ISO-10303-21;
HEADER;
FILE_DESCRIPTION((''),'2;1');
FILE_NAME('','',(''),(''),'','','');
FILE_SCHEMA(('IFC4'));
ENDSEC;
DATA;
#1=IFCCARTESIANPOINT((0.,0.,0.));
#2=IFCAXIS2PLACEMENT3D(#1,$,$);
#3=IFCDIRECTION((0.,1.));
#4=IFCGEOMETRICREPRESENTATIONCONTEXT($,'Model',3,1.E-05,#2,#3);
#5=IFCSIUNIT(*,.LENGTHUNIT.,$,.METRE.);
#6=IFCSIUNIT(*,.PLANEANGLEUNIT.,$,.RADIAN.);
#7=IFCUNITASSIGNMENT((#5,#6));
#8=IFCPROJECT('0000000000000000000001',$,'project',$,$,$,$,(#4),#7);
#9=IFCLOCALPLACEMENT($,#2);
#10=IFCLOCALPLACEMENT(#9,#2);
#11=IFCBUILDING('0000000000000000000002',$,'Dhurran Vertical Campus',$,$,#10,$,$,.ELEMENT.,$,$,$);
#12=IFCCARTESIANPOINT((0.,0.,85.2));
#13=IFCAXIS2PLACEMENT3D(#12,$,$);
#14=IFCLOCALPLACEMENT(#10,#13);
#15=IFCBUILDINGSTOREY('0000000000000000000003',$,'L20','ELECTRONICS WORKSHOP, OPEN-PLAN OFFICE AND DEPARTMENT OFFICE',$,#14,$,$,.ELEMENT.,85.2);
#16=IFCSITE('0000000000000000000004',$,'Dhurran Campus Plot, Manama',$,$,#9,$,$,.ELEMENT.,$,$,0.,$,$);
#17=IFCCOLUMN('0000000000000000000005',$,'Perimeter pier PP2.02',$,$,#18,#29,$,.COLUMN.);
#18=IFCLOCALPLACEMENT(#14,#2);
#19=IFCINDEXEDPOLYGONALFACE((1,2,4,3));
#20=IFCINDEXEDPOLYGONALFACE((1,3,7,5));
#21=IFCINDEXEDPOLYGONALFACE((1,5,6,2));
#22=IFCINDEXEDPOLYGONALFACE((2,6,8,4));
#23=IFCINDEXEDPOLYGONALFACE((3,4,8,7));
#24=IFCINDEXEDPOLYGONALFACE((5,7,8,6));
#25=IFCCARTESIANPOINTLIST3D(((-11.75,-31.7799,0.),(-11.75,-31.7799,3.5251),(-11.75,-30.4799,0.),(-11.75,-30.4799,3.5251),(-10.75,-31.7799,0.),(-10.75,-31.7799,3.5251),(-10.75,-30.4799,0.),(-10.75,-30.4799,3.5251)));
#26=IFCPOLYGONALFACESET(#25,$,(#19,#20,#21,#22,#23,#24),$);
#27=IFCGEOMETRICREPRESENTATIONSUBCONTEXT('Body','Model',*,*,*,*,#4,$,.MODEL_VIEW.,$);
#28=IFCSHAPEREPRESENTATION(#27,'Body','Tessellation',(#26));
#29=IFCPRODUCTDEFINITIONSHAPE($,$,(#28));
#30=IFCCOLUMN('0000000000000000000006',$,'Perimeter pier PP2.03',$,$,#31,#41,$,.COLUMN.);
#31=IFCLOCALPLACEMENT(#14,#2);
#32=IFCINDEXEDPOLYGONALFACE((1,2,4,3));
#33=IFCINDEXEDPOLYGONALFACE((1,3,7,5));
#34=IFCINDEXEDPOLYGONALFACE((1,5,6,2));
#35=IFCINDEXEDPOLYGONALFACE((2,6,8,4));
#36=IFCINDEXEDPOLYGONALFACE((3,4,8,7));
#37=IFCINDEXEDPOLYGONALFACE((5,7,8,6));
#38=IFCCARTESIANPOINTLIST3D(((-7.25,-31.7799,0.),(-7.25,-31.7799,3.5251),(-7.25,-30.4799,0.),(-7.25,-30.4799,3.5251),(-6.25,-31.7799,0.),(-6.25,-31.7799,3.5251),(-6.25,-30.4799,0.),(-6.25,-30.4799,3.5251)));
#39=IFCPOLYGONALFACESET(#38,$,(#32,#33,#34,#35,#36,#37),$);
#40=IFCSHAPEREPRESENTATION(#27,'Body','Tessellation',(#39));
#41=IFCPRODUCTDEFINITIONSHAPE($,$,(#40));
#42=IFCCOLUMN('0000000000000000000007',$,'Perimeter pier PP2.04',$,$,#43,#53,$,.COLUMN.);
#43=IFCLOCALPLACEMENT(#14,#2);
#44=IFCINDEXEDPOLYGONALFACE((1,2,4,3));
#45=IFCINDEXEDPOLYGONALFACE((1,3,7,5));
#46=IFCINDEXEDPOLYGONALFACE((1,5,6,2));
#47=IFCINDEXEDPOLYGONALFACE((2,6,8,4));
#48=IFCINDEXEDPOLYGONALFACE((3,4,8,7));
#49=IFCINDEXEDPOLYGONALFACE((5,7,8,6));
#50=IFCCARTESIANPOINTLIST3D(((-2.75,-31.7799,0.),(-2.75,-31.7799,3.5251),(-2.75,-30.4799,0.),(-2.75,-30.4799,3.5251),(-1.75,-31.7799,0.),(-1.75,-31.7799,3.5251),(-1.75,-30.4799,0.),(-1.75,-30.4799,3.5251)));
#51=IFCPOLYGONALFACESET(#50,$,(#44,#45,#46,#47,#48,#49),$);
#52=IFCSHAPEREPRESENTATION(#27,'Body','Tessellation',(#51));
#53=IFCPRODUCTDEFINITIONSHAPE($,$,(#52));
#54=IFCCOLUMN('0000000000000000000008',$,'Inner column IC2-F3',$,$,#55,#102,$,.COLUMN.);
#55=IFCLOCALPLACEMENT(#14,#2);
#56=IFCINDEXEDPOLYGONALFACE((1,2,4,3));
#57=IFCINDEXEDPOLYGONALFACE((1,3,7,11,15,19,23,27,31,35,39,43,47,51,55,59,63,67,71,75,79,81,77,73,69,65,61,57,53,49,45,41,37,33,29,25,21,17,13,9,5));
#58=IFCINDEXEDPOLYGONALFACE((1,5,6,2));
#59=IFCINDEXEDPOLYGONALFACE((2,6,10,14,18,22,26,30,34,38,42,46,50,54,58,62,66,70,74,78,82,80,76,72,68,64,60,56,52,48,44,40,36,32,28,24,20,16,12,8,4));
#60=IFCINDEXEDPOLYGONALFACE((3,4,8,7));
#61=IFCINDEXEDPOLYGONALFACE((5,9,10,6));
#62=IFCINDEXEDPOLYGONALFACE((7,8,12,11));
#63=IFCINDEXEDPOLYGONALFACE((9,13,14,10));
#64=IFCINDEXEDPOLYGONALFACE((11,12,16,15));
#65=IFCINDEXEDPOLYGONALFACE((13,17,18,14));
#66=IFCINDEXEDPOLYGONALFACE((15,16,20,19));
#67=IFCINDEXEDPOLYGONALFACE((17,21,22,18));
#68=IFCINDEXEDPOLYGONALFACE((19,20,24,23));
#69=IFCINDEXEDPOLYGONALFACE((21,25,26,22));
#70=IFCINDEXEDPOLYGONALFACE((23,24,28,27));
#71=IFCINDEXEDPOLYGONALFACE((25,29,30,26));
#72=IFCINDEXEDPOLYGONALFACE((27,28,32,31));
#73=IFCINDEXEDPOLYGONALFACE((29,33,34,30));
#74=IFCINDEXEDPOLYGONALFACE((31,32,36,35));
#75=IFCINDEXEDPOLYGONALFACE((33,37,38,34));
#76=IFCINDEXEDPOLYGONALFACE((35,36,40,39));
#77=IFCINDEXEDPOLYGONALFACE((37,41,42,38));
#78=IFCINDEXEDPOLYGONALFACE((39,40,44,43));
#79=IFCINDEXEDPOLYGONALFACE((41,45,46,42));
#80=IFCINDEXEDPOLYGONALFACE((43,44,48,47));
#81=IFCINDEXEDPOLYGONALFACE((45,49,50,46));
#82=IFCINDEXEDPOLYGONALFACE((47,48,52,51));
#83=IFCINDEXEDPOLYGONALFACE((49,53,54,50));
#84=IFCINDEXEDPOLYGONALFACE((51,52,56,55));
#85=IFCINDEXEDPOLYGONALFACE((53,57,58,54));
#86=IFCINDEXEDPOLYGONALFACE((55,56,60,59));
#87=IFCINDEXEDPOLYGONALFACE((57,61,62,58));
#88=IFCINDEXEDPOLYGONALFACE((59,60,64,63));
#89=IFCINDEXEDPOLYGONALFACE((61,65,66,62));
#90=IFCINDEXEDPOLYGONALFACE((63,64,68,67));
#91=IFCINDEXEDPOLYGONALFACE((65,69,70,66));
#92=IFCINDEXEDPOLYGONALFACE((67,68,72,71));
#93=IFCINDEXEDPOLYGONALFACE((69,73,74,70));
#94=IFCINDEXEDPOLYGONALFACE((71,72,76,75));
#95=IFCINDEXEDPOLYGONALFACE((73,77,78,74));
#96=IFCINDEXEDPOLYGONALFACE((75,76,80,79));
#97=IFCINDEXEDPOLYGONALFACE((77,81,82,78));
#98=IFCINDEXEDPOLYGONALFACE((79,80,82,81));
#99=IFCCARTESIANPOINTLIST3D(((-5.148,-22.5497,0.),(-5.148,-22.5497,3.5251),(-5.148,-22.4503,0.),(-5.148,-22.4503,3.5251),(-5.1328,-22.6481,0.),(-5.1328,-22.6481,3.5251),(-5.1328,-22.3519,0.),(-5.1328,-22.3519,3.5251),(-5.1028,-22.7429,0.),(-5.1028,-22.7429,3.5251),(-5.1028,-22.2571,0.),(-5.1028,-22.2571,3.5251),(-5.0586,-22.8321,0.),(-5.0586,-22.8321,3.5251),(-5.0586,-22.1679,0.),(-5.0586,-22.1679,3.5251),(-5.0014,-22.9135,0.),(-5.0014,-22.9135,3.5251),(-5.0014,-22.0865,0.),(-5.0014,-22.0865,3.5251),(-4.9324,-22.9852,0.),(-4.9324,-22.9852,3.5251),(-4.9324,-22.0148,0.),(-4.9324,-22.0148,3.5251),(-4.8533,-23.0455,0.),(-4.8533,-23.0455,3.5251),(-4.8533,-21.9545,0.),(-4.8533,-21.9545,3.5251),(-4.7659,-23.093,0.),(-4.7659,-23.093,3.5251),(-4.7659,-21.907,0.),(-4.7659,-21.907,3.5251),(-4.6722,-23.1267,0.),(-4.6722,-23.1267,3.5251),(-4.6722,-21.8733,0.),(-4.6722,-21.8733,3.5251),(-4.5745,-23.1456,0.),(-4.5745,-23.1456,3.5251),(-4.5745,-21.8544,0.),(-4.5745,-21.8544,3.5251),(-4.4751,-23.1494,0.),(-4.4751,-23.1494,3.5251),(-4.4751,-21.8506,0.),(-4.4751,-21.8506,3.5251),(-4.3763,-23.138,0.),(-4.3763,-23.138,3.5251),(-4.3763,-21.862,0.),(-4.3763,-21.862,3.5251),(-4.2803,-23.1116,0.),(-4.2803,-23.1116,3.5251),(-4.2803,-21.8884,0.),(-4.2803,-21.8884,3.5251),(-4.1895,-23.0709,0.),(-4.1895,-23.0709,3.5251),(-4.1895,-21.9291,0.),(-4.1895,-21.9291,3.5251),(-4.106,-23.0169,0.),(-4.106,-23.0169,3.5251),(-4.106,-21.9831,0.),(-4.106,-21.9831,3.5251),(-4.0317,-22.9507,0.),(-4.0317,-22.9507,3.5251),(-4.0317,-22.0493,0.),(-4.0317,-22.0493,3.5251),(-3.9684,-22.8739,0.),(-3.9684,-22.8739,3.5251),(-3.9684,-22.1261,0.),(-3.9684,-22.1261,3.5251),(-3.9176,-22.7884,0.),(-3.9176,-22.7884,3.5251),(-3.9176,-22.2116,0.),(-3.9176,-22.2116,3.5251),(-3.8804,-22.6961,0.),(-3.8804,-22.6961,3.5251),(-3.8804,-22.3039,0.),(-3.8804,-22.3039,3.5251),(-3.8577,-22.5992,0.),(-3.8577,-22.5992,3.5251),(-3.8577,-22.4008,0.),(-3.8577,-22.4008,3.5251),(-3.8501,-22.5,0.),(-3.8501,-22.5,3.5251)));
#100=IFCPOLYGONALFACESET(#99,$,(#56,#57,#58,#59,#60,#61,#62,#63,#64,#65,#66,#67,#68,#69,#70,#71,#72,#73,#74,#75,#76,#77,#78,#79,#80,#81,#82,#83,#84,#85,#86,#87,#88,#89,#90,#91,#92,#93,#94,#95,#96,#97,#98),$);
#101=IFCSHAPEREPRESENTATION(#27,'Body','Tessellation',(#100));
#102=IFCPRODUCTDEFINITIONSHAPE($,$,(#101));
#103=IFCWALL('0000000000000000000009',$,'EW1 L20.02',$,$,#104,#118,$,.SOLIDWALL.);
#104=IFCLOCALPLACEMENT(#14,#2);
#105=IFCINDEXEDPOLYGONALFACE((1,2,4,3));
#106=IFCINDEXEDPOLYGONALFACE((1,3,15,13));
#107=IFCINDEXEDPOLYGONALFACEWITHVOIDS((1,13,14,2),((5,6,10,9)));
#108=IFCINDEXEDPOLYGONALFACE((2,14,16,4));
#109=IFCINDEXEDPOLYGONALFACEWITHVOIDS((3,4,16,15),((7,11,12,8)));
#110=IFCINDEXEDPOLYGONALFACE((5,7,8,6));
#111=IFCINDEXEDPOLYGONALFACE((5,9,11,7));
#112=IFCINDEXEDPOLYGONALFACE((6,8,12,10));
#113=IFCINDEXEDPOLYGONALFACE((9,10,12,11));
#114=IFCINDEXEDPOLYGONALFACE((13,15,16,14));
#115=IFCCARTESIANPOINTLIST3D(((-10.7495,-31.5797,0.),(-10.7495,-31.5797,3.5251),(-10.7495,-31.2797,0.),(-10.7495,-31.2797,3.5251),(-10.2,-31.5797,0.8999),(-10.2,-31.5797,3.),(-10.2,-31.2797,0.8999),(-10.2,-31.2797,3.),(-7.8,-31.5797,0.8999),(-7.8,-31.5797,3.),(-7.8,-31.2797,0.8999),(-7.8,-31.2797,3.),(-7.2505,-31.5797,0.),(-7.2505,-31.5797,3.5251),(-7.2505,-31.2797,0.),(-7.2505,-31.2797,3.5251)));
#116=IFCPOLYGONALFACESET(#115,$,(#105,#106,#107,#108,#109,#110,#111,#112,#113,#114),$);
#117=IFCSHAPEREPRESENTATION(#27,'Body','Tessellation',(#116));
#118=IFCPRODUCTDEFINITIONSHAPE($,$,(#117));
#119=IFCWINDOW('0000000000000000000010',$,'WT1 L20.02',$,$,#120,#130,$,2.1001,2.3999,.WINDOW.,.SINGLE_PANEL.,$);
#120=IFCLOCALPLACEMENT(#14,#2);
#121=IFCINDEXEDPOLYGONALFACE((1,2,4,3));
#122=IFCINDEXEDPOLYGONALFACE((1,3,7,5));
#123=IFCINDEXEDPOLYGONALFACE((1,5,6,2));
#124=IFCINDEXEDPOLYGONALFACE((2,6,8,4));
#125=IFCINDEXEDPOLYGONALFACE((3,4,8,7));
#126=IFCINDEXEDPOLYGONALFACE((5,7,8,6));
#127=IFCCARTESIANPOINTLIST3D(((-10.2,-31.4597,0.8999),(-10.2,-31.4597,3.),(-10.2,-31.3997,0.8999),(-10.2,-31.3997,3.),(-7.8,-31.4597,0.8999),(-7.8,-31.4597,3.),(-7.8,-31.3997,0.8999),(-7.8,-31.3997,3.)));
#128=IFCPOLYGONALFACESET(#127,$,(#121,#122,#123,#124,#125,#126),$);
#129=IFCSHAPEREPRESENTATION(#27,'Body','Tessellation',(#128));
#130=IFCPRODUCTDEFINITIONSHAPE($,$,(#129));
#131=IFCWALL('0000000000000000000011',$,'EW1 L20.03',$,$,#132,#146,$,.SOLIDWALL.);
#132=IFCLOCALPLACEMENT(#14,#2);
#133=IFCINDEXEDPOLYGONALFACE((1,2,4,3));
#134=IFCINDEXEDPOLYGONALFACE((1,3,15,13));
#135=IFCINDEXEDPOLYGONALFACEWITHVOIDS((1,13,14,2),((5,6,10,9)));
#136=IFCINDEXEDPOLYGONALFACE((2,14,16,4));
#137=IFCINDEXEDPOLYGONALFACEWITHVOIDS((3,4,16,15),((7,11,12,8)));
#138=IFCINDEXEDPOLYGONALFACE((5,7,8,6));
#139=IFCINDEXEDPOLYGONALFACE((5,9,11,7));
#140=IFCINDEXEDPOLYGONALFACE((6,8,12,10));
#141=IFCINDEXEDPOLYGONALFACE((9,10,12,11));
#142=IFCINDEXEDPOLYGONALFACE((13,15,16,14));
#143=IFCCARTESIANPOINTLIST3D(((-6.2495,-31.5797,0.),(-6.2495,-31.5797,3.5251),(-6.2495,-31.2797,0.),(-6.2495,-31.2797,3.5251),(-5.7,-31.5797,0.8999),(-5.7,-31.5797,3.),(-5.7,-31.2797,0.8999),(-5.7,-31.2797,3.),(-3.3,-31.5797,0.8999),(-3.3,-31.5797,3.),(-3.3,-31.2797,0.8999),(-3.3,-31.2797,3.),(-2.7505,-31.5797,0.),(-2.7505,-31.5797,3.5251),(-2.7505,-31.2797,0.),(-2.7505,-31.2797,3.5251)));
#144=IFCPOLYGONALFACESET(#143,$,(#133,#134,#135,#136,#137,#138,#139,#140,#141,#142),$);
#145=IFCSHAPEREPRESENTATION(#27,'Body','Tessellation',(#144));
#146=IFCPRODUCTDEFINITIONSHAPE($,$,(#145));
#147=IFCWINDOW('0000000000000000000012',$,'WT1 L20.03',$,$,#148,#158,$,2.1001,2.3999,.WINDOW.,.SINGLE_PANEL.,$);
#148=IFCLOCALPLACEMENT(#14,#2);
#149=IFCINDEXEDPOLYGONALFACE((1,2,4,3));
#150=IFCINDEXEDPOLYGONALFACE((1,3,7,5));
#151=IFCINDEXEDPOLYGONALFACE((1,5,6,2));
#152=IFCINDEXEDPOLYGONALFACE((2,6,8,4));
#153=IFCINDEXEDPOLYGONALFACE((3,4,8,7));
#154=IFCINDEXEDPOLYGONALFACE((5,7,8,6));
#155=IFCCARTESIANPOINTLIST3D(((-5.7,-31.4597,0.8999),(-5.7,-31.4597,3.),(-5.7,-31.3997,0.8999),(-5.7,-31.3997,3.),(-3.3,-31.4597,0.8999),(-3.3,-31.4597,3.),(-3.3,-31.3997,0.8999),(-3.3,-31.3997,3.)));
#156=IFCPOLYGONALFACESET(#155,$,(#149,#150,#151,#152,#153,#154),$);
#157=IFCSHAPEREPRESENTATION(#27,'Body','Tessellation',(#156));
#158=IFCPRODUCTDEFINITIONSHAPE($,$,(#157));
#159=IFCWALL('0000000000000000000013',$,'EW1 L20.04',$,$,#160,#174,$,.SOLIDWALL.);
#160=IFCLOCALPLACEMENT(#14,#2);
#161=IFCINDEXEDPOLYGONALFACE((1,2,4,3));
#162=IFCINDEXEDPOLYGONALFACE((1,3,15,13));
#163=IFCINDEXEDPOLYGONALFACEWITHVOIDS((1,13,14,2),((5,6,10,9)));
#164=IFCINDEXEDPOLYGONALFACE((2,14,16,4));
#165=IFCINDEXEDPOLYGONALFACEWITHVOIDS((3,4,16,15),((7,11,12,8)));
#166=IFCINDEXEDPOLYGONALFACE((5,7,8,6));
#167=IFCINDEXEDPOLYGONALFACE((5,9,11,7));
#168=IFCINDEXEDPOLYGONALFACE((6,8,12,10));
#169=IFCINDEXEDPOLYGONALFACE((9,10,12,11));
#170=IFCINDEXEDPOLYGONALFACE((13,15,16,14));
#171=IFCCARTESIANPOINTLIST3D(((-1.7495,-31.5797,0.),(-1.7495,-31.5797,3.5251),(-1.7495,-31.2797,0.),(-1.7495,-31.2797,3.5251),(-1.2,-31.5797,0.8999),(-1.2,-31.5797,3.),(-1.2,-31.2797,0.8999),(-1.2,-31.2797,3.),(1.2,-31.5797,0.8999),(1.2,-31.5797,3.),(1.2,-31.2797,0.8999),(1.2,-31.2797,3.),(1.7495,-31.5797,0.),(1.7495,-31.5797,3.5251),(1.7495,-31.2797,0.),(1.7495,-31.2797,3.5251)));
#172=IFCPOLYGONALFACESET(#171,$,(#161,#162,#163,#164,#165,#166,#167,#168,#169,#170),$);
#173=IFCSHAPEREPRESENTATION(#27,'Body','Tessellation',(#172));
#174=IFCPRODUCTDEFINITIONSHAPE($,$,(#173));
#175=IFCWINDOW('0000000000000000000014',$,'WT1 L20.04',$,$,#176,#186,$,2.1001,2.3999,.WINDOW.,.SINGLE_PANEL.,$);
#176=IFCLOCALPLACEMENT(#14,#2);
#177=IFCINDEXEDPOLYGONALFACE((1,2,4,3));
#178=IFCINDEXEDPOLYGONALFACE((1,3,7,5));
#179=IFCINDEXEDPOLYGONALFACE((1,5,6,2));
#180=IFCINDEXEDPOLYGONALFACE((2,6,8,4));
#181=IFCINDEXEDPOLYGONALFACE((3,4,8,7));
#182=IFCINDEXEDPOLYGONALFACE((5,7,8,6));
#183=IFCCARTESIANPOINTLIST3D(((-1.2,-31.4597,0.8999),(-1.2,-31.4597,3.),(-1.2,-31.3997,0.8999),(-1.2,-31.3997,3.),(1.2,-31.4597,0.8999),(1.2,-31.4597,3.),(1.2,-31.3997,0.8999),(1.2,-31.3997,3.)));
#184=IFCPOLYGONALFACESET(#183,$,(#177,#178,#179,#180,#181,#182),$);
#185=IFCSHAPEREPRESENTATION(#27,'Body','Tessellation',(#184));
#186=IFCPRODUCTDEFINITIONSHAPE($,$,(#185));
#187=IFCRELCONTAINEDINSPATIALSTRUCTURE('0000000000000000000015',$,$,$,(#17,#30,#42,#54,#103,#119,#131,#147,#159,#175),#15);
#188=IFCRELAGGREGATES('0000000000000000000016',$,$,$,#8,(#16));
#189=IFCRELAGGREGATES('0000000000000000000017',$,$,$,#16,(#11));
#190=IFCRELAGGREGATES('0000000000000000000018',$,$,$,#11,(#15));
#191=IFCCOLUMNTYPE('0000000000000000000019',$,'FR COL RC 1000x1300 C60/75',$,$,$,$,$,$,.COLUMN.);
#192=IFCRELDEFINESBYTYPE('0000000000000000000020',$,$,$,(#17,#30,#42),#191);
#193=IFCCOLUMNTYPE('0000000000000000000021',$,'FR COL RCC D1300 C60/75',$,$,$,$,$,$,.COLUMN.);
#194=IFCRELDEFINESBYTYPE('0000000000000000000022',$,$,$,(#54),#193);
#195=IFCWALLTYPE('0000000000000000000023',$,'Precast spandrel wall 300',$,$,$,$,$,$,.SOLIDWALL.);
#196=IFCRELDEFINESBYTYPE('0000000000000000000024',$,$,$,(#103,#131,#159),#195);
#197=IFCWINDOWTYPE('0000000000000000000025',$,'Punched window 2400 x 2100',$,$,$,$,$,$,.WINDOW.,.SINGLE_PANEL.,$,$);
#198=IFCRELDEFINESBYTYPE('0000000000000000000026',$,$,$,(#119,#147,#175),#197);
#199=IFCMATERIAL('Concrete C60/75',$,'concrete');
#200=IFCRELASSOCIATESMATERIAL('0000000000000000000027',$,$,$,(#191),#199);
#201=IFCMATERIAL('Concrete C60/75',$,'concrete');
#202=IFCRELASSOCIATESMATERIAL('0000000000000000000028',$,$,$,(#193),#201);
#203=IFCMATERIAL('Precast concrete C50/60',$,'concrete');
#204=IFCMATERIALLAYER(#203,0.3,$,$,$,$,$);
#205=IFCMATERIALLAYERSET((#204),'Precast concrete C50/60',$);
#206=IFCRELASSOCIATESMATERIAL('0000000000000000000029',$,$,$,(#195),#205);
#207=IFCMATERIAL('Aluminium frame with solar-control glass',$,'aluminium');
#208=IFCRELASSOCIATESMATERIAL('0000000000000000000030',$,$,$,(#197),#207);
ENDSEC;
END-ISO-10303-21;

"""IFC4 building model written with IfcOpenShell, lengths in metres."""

from ifc_helpers import new_model, si_unit, direction, frame, frame_2d, origin, origin_2d, place, context, subcontext, project, spatial, rectangle, circle, extrude, material, layer, layer_set, material_profile, profile_set, type_object, element, fill, save


model = new_model("IFC4")

# Units and contexts
model_context = context("Model", 3, precision=1e-05, world=origin(), true_north=direction((0.0, 1.0)))
body_context = subcontext(model_context, "Body", "Model", "MODEL_VIEW")
ifc_project = project(units=[si_unit("LENGTHUNIT", "METRE"), si_unit("PLANEANGLEUNIT", "RADIAN")], contexts=[model_context])

# Site, building, storey
site_placement = place(None, origin())
site = spatial("IfcSite", under=ifc_project, at=site_placement, Name="Dhurran Campus Plot, Manama", CompositionType="ELEMENT", RefElevation=0.0)
building_placement = place(site_placement, origin())
building = spatial("IfcBuilding", under=site, at=building_placement, Name="Dhurran Vertical Campus", CompositionType="ELEMENT")
storey_placement = place(building_placement, frame((0.0, 0.0, 85.2)))
storey = spatial("IfcBuildingStorey", under=building, at=storey_placement, Name="L20", Description="ELECTRONICS WORKSHOP, OPEN-PLAN OFFICE AND DEPARTMENT OFFICE", CompositionType="ELEMENT", Elevation=85.2)

# Columns
ifc_material_1 = material(Name="Concrete C60/75", Category="concrete")
ifc_material_profile_1 = material_profile(ifc_material_1, rectangle(XDim=1.0, YDim=1.3, at=origin_2d()), Name="RC 1000x1300")
ifc_profile_set_1 = profile_set([ifc_material_profile_1], Name="Concrete C60/75")
column_type_1 = type_object("IfcColumnType", Name="FR COL RC 1000x1300 C60/75", PredefinedType="COLUMN", material=ifc_profile_set_1)
for number, where, z_axis, x_axis, name in (
    (1, (-11.25, -31.1299, 0.0), (0.0, 0.0, 1.0), (1.0, 0.0, 0.0), "Perimeter pier PP2.02"),
    (2, (-6.75, -31.1299, 0.0), (0.0, 0.0, 1.0), (1.0, 0.0, 0.0), "Perimeter pier PP2.03"),
    (3, (-2.25, -31.1299, 0.0), (0.0, 0.0, 1.0), (1.0, 0.0, 0.0), "Perimeter pier PP2.04"),
):
    element("IfcColumn", number, at=place(storey_placement, frame(where, z_axis=z_axis, x_axis=x_axis)), inside=storey, type_object=column_type_1, Name=name, PredefinedType="COLUMN", context=body_context, shape_type="SweptSolid", body=[
        extrude(rectangle(XDim=1.0, YDim=1.3, at=origin_2d()), origin(), (0.0, 0.0, 1.0), 3.5251),
    ])
ifc_material_2 = material(Name="Concrete C60/75", Category="concrete")
ifc_material_profile_2 = material_profile(ifc_material_2, circle(Radius=0.6499, at=origin_2d()), Name="RCC D1300")
ifc_profile_set_2 = profile_set([ifc_material_profile_2], Name="Concrete C60/75")
column_type_2 = type_object("IfcColumnType", Name="FR COL RCC D1300 C60/75", PredefinedType="COLUMN", material=ifc_profile_set_2)
column_placement = place(storey_placement, frame((-4.5, -22.5, 0.0), z_axis=(0.0, 0.0, 1.0), x_axis=(1.0, 0.0, 0.0)))
element("IfcColumn", 4, at=column_placement, inside=storey, type_object=column_type_2, Name="Inner column IC2-F3", PredefinedType="COLUMN", context=body_context, shape_type="SweptSolid", body=[
    extrude(circle(Radius=0.6499, at=origin_2d()), origin(), (0.0, 0.0, 1.0), 3.5251),
])

# Walls, openings, windows
ifc_material_3 = material(Name="Precast concrete C50/60", Category="concrete")
ifc_layer_1 = layer(ifc_material_3, 0.3)
ifc_layer_set_1 = layer_set([ifc_layer_1], Name="Precast concrete C50/60")
wall_type_1 = type_object("IfcWallType", Name="Precast spandrel wall 300", PredefinedType="SOLIDWALL", material=ifc_layer_set_1)
wall_1_placement = place(storey_placement, frame((-10.7495, -31.4297, 0.0), z_axis=(0.0, 0.0, 1.0), x_axis=(1.0, 0.0, 0.0)))
wall_1 = element("IfcWall", 5, at=wall_1_placement, inside=storey, type_object=wall_type_1, Name="EW1 L20.02", PredefinedType="SOLIDWALL", context=body_context, shape_type="SweptSolid", body=[
    extrude(rectangle(XDim=3.499, YDim=0.3, at=frame_2d((1.7495, 0.0))), origin(), (0.0, 0.0, 1.0), 3.5251),
])
opening_1_placement = place(wall_1_placement, frame((0.5496, 0.0, 0.8999)))
opening_1 = element("IfcOpeningElement", 6, at=opening_1_placement, cuts=wall_1, PredefinedType="OPENING", context=body_context, shape_type="SweptSolid", body=[
    extrude(rectangle(XDim=2.3999, YDim=2.1001, at=frame_2d((1.2, 1.05))), frame((0.0, 0.1599, 0.0), z_axis=(0.0, -1.0, 0.0), x_axis=(1.0, 0.0, 0.0)), (0.0, 0.0, 1.0), 0.3201),
])
ifc_material_4 = material(Name="Aluminium frame with solar-control glass", Category="aluminium")
window_type = type_object("IfcWindowType", Name="Punched window 2400 x 2100", PartitioningType="SINGLE_PANEL", PredefinedType="WINDOW", material=ifc_material_4)
window_1_placement = place(opening_1_placement, origin())
window_1 = element("IfcWindow", 7, at=window_1_placement, inside=storey, type_object=window_type, Name="WT1 L20.02", OverallHeight=2.1001, OverallWidth=2.3999, PartitioningType="SINGLE_PANEL", PredefinedType="WINDOW", context=body_context, shape_type="SweptSolid", body=[
    extrude(rectangle(XDim=2.3999, YDim=2.1001, at=frame_2d((1.2, 1.05))), frame((0.0, 0.03, 0.0), z_axis=(0.0, -1.0, 0.0), x_axis=(1.0, 0.0, 0.0)), (0.0, 0.0, 1.0), 0.0601),
])
fill(opening_1, window_1)
wall_2_placement = place(storey_placement, frame((-6.2495, -31.4297, 0.0), z_axis=(0.0, 0.0, 1.0), x_axis=(1.0, 0.0, 0.0)))
wall_2 = element("IfcWall", 8, at=wall_2_placement, inside=storey, type_object=wall_type_1, Name="EW1 L20.03", PredefinedType="SOLIDWALL", context=body_context, shape_type="SweptSolid", body=[
    extrude(rectangle(XDim=3.499, YDim=0.3, at=frame_2d((1.7495, 0.0))), origin(), (0.0, 0.0, 1.0), 3.5251),
])
opening_2_placement = place(wall_2_placement, frame((0.5496, 0.0, 0.8999)))
opening_2 = element("IfcOpeningElement", 9, at=opening_2_placement, cuts=wall_2, PredefinedType="OPENING", context=body_context, shape_type="SweptSolid", body=[
    extrude(rectangle(XDim=2.3999, YDim=2.1001, at=frame_2d((1.2, 1.05))), frame((0.0, 0.1599, 0.0), z_axis=(0.0, -1.0, 0.0), x_axis=(1.0, 0.0, 0.0)), (0.0, 0.0, 1.0), 0.3201),
])
window_2_placement = place(opening_2_placement, origin())
window_2 = element("IfcWindow", 10, at=window_2_placement, inside=storey, type_object=window_type, Name="WT1 L20.03", OverallHeight=2.1001, OverallWidth=2.3999, PartitioningType="SINGLE_PANEL", PredefinedType="WINDOW", context=body_context, shape_type="SweptSolid", body=[
    extrude(rectangle(XDim=2.3999, YDim=2.1001, at=frame_2d((1.2, 1.05))), frame((0.0, 0.03, 0.0), z_axis=(0.0, -1.0, 0.0), x_axis=(1.0, 0.0, 0.0)), (0.0, 0.0, 1.0), 0.0601),
])
fill(opening_2, window_2)
wall_3_placement = place(storey_placement, frame((-1.7495, -31.4297, 0.0), z_axis=(0.0, 0.0, 1.0), x_axis=(1.0, 0.0, 0.0)))
wall_3 = element("IfcWall", 11, at=wall_3_placement, inside=storey, type_object=wall_type_1, Name="EW1 L20.04", PredefinedType="SOLIDWALL", context=body_context, shape_type="SweptSolid", body=[
    extrude(rectangle(XDim=3.499, YDim=0.3, at=frame_2d((1.7495, 0.0))), origin(), (0.0, 0.0, 1.0), 3.5251),
])
opening_3_placement = place(wall_3_placement, frame((0.5496, 0.0, 0.8999)))
opening_3 = element("IfcOpeningElement", 12, at=opening_3_placement, cuts=wall_3, PredefinedType="OPENING", context=body_context, shape_type="SweptSolid", body=[
    extrude(rectangle(XDim=2.3999, YDim=2.1001, at=frame_2d((1.2, 1.05))), frame((0.0, 0.1599, 0.0), z_axis=(0.0, -1.0, 0.0), x_axis=(1.0, 0.0, 0.0)), (0.0, 0.0, 1.0), 0.3201),
])
window_3_placement = place(opening_3_placement, origin())
window_3 = element("IfcWindow", 13, at=window_3_placement, inside=storey, type_object=window_type, Name="WT1 L20.04", OverallHeight=2.1001, OverallWidth=2.3999, PartitioningType="SINGLE_PANEL", PredefinedType="WINDOW", context=body_context, shape_type="SweptSolid", body=[
    extrude(rectangle(XDim=2.3999, YDim=2.1001, at=frame_2d((1.2, 1.05))), frame((0.0, 0.03, 0.0), z_axis=(0.0, -1.0, 0.0), x_axis=(1.0, 0.0, 0.0)), (0.0, 0.0, 1.0), 0.0601),
])
fill(opening_3, window_3)

save(model, "model.ifc")
